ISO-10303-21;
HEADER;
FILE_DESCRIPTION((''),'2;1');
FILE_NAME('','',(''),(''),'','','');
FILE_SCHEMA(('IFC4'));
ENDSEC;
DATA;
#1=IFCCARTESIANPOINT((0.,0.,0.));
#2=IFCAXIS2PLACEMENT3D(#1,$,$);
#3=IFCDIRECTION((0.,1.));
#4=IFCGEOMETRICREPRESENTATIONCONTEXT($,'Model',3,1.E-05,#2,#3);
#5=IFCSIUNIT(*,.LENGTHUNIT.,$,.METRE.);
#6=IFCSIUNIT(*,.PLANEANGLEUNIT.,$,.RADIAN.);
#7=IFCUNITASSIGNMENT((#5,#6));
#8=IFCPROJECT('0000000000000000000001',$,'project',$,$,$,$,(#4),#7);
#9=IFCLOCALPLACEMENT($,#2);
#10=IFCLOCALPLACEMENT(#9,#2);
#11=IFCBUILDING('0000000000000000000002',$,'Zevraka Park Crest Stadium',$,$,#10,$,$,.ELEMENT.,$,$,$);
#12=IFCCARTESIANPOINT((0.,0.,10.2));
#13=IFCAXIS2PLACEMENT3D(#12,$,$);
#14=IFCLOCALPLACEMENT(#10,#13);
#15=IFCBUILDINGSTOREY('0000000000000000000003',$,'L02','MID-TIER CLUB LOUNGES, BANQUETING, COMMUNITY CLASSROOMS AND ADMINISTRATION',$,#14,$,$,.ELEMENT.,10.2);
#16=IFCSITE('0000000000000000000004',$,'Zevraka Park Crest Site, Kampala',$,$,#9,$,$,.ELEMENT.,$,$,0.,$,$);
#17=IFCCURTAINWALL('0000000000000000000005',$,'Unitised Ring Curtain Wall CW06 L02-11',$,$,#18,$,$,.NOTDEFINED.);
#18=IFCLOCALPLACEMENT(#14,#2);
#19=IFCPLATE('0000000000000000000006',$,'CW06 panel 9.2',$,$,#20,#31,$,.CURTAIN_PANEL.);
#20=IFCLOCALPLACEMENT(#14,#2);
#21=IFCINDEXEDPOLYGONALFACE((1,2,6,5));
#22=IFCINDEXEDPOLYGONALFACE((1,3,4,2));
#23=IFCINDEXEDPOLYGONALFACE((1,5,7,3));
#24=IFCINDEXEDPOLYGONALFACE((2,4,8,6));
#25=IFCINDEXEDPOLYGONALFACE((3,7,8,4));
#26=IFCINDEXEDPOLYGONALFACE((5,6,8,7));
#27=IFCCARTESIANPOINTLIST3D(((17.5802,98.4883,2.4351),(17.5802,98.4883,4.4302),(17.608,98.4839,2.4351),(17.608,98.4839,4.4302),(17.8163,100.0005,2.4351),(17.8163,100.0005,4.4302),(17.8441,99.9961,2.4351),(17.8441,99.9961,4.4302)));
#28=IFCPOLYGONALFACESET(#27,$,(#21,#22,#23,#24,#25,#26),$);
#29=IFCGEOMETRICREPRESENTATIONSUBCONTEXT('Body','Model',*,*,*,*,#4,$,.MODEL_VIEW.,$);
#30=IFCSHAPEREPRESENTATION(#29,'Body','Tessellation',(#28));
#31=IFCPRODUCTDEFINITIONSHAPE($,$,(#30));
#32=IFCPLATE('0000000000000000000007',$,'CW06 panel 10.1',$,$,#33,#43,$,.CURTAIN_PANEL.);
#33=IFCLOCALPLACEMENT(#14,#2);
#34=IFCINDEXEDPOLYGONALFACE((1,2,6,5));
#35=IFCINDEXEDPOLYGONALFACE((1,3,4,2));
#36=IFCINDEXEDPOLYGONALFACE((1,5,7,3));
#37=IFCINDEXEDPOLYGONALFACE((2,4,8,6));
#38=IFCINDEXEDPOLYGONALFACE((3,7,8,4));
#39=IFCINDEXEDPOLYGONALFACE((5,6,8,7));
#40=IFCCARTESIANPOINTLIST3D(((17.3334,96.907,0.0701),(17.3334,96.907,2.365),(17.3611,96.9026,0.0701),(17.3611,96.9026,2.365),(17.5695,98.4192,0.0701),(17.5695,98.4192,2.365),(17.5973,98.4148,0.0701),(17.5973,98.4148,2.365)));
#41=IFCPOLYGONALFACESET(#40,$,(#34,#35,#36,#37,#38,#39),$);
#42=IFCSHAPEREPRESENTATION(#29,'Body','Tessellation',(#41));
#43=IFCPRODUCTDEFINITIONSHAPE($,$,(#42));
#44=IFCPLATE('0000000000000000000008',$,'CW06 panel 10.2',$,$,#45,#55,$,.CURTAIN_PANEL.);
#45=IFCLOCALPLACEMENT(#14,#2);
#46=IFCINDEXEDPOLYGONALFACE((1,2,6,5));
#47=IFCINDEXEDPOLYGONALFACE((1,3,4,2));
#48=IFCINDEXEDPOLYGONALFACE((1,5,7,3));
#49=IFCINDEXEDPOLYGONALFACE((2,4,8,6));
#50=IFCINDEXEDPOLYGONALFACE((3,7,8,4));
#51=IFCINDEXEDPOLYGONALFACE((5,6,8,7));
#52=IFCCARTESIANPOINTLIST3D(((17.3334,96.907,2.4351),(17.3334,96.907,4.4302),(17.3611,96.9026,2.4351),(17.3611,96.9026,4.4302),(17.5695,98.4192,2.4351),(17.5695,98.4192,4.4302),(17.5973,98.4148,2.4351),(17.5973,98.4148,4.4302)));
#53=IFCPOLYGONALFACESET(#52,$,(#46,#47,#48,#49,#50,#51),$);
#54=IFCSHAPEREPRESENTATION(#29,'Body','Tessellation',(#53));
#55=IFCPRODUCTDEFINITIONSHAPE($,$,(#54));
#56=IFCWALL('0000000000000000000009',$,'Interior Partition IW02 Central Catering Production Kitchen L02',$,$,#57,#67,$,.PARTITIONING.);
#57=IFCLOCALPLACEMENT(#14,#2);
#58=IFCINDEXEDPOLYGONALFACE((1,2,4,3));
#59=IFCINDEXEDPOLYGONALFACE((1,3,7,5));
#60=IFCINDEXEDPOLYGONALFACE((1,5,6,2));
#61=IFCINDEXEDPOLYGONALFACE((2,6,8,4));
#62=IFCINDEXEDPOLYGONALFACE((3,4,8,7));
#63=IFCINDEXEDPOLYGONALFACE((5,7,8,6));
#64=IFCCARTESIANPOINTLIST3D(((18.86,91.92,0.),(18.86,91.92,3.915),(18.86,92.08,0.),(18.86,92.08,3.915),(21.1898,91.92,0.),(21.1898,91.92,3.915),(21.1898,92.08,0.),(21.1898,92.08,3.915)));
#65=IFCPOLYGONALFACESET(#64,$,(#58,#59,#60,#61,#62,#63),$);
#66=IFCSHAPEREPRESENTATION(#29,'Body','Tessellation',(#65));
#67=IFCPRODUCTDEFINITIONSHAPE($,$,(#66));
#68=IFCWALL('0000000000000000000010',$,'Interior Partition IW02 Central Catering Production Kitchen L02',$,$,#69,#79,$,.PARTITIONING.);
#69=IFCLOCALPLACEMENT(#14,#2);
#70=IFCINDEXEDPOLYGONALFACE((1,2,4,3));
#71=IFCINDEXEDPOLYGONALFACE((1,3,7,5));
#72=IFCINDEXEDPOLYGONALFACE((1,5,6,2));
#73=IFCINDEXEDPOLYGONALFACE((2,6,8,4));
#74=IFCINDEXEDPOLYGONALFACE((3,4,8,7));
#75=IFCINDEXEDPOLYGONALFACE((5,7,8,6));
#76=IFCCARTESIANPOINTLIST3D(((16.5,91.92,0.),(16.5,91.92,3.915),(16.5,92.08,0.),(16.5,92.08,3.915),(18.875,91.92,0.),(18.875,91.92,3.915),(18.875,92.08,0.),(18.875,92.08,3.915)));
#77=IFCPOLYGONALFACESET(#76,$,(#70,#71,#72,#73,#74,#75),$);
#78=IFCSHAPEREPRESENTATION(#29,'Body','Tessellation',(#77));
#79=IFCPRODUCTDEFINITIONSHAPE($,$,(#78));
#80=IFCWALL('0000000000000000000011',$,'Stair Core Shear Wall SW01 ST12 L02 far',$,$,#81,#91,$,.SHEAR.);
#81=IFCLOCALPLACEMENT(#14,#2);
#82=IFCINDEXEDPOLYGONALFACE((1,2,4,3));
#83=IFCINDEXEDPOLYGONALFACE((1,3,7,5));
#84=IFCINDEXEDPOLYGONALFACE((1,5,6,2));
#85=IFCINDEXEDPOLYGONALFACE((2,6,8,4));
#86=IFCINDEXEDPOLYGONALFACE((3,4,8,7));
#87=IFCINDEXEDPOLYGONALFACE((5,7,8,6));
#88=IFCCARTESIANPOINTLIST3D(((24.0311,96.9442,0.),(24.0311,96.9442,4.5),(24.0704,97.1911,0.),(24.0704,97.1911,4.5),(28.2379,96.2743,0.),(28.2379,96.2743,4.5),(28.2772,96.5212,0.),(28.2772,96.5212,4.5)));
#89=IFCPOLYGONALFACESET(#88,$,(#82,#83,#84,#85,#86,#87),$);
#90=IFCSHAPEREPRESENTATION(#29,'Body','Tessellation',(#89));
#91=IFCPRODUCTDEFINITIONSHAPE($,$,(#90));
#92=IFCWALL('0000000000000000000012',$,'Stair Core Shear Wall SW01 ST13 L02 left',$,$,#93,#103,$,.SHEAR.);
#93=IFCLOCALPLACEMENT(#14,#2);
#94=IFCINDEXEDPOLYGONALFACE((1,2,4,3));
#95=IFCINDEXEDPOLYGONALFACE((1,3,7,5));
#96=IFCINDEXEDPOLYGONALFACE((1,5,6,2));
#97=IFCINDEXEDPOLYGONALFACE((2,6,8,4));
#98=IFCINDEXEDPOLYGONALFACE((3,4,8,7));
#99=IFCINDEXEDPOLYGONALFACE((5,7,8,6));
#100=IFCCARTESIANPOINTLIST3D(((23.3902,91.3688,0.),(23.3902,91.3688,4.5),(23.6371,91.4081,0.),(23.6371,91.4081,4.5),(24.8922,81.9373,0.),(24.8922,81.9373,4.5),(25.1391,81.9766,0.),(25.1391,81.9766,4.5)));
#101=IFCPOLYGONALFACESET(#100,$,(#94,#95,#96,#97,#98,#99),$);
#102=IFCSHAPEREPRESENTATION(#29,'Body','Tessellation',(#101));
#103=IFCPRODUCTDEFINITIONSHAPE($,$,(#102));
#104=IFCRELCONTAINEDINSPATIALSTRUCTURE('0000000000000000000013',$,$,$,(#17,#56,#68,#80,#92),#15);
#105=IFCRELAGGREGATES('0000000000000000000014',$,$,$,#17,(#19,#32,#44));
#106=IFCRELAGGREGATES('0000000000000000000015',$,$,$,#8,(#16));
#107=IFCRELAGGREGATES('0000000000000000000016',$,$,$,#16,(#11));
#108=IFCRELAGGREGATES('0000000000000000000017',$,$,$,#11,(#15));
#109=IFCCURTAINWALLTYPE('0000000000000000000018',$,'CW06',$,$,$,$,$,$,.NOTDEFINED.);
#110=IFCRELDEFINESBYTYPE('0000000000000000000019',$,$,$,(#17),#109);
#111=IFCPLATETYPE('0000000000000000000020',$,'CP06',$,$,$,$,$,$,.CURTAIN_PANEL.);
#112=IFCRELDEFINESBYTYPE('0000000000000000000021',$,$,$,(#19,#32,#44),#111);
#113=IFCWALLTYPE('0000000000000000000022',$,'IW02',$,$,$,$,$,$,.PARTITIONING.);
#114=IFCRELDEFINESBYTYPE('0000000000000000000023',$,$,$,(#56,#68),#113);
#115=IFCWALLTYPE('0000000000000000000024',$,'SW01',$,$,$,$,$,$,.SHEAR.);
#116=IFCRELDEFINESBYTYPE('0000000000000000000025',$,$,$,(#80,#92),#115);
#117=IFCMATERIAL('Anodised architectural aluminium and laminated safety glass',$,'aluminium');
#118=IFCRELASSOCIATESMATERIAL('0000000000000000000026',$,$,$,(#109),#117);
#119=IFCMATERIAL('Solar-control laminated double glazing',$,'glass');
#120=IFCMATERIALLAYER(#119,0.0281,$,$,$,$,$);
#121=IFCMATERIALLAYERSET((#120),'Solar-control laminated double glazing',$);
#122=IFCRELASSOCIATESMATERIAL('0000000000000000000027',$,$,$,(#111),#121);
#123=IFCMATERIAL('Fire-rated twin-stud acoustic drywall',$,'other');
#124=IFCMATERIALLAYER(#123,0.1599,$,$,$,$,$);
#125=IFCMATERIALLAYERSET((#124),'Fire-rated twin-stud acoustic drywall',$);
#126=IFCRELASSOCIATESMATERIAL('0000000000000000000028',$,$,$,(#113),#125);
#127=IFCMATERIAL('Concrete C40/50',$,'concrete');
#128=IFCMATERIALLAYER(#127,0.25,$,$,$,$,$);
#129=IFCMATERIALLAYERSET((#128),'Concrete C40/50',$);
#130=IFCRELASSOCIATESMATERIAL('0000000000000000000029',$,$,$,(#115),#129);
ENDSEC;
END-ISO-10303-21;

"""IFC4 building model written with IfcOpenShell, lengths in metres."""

from ifc_helpers import new_model, si_unit, direction, frame, frame_2d, origin, origin_2d, place, context, subcontext, project, spatial, rectangle, extrude, material, layer, layer_set, type_object, element, aggregate, save


model = new_model("IFC4")

# Units and contexts
model_context = context("Model", 3, precision=1e-05, world=origin(), true_north=direction((0.0, 1.0)))
body_context = subcontext(model_context, "Body", "Model", "MODEL_VIEW")
ifc_project = project(units=[si_unit("LENGTHUNIT", "METRE"), si_unit("PLANEANGLEUNIT", "RADIAN")], contexts=[model_context])

# Site, building, storey
site_placement = place(None, origin())
site = spatial("IfcSite", under=ifc_project, at=site_placement, Name="Zevraka Park Crest Site, Kampala", CompositionType="ELEMENT", RefElevation=0.0)
building_placement = place(site_placement, origin())
building = spatial("IfcBuilding", under=site, at=building_placement, Name="Zevraka Park Crest Stadium", CompositionType="ELEMENT")
storey_placement = place(building_placement, frame((0.0, 0.0, 10.2)))
storey = spatial("IfcBuildingStorey", under=building, at=storey_placement, Name="L02", Description="MID-TIER CLUB LOUNGES, BANQUETING, COMMUNITY CLASSROOMS AND ADMINISTRATION", CompositionType="ELEMENT", Elevation=10.2)

# Curtain wall
ifc_material_1 = material(Name="Anodised architectural aluminium and laminated safety glass", Category="aluminium")
curtain_wall_type = type_object("IfcCurtainWallType", Name="CW06", PredefinedType="NOTDEFINED", material=ifc_material_1)
curtain_wall_placement = place(storey_placement, origin())
curtain_wall = element("IfcCurtainWall", 1, at=curtain_wall_placement, inside=storey, type_object=curtain_wall_type, Name="Unitised Ring Curtain Wall CW06 L02-11", PredefinedType="NOTDEFINED")

# Plates
ifc_material_2 = material(Name="Solar-control laminated double glazing", Category="glass")
ifc_layer_1 = layer(ifc_material_2, 0.0281)
ifc_layer_set_1 = layer_set([ifc_layer_1], Name="Solar-control laminated double glazing")
plate_type = type_object("IfcPlateType", Name="CP06", PredefinedType="CURTAIN_PANEL", material=ifc_layer_set_1)
plate_1_placement = place(storey_placement, frame((17.7122, 99.2422, 2.4351), z_axis=(0.0, 0.0, 1.0), x_axis=(-0.154274, -0.988028, 0.0)))
plate_1 = element("IfcPlate", 2, at=plate_1_placement, type_object=plate_type, Name="CW06 panel 9.2", PredefinedType="CURTAIN_PANEL", context=body_context, shape_type="SweptSolid", body=[
    extrude(rectangle(XDim=1.5305, YDim=0.0281, at=origin_2d()), origin(), (0.0, 0.0, 1.0), 1.9951),
])
plate_2_placement = place(storey_placement, frame((17.4653, 97.6609, 0.0701), z_axis=(0.0, 0.0, 1.0), x_axis=(-0.154274, -0.988028, 0.0)))
plate_2 = element("IfcPlate", 3, at=plate_2_placement, type_object=plate_type, Name="CW06 panel 10.1", PredefinedType="CURTAIN_PANEL", context=body_context, shape_type="SweptSolid", body=[
    extrude(rectangle(XDim=1.5305, YDim=0.0281, at=origin_2d()), origin(), (0.0, 0.0, 1.0), 2.2949),
])
plate_3_placement = place(storey_placement, frame((17.4653, 97.6609, 2.4351), z_axis=(0.0, 0.0, 1.0), x_axis=(-0.154274, -0.988028, 0.0)))
plate_3 = element("IfcPlate", 4, at=plate_3_placement, type_object=plate_type, Name="CW06 panel 10.2", PredefinedType="CURTAIN_PANEL", context=body_context, shape_type="SweptSolid", body=[
    extrude(rectangle(XDim=1.5305, YDim=0.0281, at=origin_2d()), origin(), (0.0, 0.0, 1.0), 1.9951),
])
aggregate(curtain_wall, [plate_1, plate_2, plate_3])

# Walls
ifc_material_3 = material(Name="Fire-rated twin-stud acoustic drywall", Category="other")
ifc_layer_2 = layer(ifc_material_3, 0.1599)
ifc_layer_set_2 = layer_set([ifc_layer_2], Name="Fire-rated twin-stud acoustic drywall")
wall_type_1 = type_object("IfcWallType", Name="IW02", PredefinedType="PARTITIONING", material=ifc_layer_set_2)
wall_1_placement = place(storey_placement, frame((21.1899, 92.0, 0.0), z_axis=(0.0, 0.0, 1.0), x_axis=(-1.0, 0.0, 0.0)))
element("IfcWall", 5, at=wall_1_placement, inside=storey, type_object=wall_type_1, Name="Interior Partition IW02 Central Catering Production Kitchen L02", PredefinedType="PARTITIONING", context=body_context, shape_type="SweptSolid", body=[
    extrude(rectangle(XDim=2.3298, YDim=0.1599, at=frame_2d((1.165, 0.0))), origin(), (0.0, 0.0, 1.0), 3.915),
])
wall_2_placement = place(storey_placement, frame((18.875, 92.0, 0.0), z_axis=(0.0, 0.0, 1.0), x_axis=(-1.0, 0.0, 0.0)))
element("IfcWall", 6, at=wall_2_placement, inside=storey, type_object=wall_type_1, Name="Interior Partition IW02 Central Catering Production Kitchen L02", PredefinedType="PARTITIONING", context=body_context, shape_type="SweptSolid", body=[
    extrude(rectangle(XDim=2.375, YDim=0.1599, at=frame_2d((1.1875, 0.0))), origin(), (0.0, 0.0, 1.0), 3.915),
])
ifc_material_4 = material(Name="Concrete C40/50", Category="concrete")
ifc_layer_3 = layer(ifc_material_4, 0.25)
ifc_layer_set_3 = layer_set([ifc_layer_3], Name="Concrete C40/50")
wall_type_2 = type_object("IfcWallType", Name="SW01", PredefinedType="SHEAR", material=ifc_layer_set_3)
wall_3_placement = place(storey_placement, frame((24.0508, 97.0676, 0.0), z_axis=(0.0, 0.0, 1.0), x_axis=(0.987556, -0.157266, 0.0)))
element("IfcWall", 7, at=wall_3_placement, inside=storey, type_object=wall_type_2, Name="Stair Core Shear Wall SW01 ST12 L02 far", PredefinedType="SHEAR", context=body_context, shape_type="SweptSolid", body=[
    extrude(rectangle(XDim=4.2598, YDim=0.25, at=frame_2d((2.1299, 0.0))), origin(), (0.0, 0.0, 1.0), 4.5),
])
wall_4_placement = place(storey_placement, frame((23.5137, 91.3884, 0.0), z_axis=(0.0, 0.0, 1.0), x_axis=(0.157269, -0.987556, 0.0)))
element("IfcWall", 8, at=wall_4_placement, inside=storey, type_object=wall_type_2, Name="Stair Core Shear Wall SW01 ST13 L02 left", PredefinedType="SHEAR", context=body_context, shape_type="SweptSolid", body=[
    extrude(rectangle(XDim=9.5503, YDim=0.25, at=frame_2d((4.7751, 0.0))), origin(), (0.0, 0.0, 1.0), 4.5),
])

save(model, "model.ifc")
